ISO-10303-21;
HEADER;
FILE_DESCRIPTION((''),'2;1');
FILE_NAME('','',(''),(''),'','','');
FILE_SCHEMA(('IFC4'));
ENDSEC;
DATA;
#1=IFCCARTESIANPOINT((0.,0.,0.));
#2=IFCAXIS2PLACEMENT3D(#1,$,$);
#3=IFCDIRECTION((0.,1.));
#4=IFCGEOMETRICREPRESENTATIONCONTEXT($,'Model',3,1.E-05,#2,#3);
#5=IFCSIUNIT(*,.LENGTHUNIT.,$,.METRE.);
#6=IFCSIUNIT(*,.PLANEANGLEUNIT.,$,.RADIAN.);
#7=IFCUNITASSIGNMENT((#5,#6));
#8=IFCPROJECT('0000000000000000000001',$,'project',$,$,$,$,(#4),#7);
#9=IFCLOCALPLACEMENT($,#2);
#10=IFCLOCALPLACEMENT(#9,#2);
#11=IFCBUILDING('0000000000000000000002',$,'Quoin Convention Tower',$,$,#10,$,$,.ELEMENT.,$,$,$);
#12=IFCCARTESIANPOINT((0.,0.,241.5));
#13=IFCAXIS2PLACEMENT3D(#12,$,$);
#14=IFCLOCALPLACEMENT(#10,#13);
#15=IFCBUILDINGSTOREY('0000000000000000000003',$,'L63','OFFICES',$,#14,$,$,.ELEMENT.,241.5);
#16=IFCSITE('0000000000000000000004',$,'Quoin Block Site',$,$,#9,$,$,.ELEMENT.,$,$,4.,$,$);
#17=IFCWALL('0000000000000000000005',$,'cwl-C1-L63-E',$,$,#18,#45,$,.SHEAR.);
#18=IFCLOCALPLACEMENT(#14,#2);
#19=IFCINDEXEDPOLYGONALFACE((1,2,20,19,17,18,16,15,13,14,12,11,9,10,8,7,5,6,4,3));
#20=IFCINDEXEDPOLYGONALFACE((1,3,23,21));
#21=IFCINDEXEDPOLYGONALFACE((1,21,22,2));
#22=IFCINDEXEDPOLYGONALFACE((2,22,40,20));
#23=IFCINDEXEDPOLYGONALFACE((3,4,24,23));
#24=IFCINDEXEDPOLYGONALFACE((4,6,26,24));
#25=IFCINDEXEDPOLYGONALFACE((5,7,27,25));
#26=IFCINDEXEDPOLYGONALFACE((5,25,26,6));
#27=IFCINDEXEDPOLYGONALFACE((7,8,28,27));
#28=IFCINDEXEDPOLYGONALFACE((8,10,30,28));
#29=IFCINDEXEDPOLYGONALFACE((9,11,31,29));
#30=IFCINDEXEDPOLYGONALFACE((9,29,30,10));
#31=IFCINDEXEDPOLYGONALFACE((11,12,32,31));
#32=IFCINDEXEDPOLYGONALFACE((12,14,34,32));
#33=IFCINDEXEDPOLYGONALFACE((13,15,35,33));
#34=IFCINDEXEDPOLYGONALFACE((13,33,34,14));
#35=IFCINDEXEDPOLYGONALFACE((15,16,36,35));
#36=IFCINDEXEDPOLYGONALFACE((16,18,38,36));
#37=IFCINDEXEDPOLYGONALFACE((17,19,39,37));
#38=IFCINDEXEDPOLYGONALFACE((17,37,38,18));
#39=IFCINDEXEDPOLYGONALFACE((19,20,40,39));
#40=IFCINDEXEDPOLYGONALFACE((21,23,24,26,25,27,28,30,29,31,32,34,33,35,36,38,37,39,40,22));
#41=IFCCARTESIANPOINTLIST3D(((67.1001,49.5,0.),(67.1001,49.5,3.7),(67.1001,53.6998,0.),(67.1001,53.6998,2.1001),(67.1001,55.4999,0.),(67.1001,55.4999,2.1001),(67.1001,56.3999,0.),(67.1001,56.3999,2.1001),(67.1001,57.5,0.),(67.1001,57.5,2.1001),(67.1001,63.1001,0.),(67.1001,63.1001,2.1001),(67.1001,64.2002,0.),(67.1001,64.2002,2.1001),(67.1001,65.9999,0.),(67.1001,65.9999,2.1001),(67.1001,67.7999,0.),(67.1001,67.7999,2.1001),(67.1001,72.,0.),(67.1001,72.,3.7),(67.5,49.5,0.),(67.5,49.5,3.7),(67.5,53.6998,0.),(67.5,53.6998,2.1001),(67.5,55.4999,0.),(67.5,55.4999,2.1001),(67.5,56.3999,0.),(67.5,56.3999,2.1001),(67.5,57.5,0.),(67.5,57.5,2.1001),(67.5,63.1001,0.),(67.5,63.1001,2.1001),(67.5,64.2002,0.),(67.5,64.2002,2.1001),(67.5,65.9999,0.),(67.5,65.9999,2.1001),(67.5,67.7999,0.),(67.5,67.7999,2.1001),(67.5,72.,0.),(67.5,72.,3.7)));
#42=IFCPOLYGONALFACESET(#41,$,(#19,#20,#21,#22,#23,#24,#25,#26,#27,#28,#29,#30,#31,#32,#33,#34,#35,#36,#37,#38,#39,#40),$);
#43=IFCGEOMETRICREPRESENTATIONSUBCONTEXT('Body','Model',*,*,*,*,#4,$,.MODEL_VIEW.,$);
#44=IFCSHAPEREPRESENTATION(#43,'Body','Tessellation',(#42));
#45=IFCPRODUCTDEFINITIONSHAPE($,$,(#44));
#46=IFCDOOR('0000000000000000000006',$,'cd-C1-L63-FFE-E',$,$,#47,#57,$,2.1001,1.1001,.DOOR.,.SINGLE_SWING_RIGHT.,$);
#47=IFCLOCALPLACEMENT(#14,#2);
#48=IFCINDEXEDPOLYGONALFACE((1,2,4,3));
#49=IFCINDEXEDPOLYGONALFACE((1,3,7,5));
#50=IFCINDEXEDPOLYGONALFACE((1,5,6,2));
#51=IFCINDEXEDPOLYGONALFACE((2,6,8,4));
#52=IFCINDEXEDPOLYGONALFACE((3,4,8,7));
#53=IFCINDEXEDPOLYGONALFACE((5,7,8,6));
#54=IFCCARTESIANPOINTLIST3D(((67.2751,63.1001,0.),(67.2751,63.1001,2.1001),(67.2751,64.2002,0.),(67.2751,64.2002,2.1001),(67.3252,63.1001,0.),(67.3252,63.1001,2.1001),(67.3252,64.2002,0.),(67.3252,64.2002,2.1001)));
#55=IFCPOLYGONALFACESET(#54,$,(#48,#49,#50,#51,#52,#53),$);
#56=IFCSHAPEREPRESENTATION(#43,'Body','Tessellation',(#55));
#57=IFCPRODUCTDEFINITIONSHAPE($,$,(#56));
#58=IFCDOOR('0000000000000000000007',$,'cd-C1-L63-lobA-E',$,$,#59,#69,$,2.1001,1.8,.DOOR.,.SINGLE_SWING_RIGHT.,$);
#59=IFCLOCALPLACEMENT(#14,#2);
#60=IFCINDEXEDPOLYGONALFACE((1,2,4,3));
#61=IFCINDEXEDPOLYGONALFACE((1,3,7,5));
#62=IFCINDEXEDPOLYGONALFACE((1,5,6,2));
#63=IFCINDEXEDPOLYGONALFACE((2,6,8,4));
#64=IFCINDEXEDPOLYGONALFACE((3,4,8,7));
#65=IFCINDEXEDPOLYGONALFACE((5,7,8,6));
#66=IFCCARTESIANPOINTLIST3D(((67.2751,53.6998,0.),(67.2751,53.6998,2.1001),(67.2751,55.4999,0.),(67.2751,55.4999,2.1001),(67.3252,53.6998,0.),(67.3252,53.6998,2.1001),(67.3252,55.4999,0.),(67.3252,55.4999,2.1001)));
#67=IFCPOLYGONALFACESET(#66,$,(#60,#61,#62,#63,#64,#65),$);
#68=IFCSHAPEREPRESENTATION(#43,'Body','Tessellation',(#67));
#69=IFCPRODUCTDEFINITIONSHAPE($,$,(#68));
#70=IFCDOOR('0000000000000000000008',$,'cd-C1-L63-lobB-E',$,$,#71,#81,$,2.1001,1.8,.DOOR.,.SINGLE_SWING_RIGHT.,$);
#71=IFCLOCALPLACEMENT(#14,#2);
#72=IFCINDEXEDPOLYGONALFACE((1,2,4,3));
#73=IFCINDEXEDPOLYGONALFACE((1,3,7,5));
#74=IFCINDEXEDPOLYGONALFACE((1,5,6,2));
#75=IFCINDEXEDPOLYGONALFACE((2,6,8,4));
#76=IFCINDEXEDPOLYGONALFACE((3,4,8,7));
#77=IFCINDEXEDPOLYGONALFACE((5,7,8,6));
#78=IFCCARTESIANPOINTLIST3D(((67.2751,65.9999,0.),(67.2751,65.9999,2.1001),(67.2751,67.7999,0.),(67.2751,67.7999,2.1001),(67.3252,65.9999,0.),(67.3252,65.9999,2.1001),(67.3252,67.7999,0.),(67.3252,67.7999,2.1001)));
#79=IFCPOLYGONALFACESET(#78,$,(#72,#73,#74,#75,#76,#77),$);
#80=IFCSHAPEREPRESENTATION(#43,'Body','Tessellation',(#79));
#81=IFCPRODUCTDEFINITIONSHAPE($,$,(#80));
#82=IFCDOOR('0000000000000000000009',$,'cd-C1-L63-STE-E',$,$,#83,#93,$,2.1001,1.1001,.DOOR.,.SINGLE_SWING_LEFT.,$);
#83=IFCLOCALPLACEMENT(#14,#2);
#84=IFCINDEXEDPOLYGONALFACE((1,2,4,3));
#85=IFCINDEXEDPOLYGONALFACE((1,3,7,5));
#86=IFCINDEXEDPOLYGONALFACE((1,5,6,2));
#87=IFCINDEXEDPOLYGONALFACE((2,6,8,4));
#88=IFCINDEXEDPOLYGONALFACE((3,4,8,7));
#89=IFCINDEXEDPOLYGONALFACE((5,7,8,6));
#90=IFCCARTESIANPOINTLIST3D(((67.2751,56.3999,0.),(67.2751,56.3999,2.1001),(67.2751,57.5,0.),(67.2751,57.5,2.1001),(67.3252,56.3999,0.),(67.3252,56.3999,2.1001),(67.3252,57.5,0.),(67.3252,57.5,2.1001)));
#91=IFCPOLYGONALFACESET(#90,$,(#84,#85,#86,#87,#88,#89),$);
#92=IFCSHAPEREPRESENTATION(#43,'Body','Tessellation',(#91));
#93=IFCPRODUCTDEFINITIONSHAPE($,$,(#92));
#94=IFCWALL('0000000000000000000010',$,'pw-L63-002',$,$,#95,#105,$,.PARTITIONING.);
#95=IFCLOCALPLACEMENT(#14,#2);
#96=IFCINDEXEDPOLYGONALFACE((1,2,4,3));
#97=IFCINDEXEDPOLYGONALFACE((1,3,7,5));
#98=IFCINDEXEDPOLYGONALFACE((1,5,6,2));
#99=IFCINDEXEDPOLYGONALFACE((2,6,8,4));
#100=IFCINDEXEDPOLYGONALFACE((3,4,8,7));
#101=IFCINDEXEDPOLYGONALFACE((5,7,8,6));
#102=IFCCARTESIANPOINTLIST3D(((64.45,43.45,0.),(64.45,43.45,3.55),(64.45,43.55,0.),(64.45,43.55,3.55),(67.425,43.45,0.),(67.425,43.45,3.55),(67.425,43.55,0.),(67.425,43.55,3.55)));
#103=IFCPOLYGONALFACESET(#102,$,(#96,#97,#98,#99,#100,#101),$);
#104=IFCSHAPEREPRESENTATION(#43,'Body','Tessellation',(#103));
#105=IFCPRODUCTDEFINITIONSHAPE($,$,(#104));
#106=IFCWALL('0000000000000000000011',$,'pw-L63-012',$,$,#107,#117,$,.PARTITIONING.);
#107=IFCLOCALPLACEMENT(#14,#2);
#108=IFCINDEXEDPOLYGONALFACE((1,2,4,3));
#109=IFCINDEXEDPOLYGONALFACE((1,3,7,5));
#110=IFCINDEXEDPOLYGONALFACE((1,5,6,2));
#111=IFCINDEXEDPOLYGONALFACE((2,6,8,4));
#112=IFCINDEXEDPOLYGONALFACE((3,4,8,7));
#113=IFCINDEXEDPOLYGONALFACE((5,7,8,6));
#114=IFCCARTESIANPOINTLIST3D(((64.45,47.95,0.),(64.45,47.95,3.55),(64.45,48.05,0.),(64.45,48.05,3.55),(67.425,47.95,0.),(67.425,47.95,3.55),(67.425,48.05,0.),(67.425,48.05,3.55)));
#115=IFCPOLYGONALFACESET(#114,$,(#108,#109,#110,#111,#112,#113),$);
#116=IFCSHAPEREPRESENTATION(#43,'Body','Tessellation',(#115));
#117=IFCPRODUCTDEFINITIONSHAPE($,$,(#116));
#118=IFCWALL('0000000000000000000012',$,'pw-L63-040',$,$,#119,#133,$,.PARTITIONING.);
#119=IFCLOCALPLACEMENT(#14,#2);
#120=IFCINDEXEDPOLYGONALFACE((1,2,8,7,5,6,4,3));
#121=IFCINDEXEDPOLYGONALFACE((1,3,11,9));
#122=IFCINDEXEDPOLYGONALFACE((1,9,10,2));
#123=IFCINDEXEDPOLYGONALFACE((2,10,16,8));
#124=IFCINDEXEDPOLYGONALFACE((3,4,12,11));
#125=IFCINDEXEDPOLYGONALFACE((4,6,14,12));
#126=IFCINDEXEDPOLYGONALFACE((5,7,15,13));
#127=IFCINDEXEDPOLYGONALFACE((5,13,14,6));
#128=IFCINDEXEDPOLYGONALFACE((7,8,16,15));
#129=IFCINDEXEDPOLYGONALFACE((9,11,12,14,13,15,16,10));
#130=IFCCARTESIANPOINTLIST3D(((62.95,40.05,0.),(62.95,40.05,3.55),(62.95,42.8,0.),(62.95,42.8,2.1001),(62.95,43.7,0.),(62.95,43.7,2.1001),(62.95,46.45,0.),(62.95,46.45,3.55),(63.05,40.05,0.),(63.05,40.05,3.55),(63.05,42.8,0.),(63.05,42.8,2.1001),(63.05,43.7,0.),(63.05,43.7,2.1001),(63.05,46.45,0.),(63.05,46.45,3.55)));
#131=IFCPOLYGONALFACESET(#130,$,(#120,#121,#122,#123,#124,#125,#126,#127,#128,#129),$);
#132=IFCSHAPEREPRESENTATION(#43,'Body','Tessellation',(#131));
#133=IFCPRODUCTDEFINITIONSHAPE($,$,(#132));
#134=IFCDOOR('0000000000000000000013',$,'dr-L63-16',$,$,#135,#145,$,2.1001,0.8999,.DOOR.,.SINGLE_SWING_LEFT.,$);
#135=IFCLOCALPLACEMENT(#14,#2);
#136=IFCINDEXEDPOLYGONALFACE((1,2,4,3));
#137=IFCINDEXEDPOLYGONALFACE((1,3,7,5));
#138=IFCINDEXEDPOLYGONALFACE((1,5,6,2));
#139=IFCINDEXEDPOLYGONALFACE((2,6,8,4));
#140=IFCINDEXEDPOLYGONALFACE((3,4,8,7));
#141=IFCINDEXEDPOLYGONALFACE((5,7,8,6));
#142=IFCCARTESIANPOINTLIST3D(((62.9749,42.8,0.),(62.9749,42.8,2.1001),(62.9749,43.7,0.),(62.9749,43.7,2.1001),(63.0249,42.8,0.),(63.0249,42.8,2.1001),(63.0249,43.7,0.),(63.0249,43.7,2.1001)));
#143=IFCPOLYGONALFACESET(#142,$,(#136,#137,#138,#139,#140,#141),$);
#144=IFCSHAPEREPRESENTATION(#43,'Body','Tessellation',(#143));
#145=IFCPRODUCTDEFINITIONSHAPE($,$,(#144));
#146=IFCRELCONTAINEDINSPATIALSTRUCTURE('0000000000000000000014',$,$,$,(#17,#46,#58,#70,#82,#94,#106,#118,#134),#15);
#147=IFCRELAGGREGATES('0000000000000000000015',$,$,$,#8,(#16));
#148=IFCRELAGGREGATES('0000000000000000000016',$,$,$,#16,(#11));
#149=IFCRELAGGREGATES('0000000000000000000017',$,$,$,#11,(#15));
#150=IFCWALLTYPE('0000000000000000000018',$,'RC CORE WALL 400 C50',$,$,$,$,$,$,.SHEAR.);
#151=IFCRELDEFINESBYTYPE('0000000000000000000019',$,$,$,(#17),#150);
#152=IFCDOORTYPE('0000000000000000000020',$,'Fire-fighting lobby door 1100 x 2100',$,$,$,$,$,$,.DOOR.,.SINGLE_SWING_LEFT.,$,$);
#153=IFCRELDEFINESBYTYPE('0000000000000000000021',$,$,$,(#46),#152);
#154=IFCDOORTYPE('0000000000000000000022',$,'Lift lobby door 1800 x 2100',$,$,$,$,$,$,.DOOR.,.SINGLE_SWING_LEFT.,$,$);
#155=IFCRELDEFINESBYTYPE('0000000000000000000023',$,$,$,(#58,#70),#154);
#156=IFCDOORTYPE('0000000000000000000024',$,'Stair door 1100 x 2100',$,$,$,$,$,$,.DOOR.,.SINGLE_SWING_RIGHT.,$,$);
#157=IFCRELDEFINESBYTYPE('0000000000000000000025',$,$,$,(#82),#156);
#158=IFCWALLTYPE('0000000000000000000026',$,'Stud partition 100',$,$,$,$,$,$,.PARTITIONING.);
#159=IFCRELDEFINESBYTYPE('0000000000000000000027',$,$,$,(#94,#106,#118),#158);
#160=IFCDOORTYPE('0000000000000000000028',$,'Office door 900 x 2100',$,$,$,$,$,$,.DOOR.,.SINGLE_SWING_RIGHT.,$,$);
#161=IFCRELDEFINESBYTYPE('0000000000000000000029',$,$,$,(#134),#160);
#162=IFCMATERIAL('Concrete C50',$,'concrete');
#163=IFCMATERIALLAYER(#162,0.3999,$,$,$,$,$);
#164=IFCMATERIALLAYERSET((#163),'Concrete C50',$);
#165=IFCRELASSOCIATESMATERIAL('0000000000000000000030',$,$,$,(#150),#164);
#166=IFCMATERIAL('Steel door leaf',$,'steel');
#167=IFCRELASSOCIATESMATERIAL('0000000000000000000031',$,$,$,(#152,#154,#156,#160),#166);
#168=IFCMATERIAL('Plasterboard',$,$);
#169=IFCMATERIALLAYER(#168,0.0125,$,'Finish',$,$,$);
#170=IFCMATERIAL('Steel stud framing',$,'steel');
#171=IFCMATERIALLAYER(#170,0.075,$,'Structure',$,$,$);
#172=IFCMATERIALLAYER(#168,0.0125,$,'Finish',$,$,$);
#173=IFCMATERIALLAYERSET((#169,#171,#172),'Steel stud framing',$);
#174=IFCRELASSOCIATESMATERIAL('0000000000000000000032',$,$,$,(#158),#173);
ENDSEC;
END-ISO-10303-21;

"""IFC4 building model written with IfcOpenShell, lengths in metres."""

from ifc_helpers import new_model, si_unit, direction, frame, frame_2d, origin, place, context, subcontext, project, spatial, rectangle, extrude, material, layer, layer_set, type_object, element, fill, save


model = new_model("IFC4")

# Units and contexts
model_context = context("Model", 3, precision=1e-05, world=origin(), true_north=direction((0.0, 1.0)))
body_context = subcontext(model_context, "Body", "Model", "MODEL_VIEW")
ifc_project = project(units=[si_unit("LENGTHUNIT", "METRE"), si_unit("PLANEANGLEUNIT", "RADIAN")], contexts=[model_context])

# Site, building, storey
site_placement = place(None, origin())
site = spatial("IfcSite", under=ifc_project, at=site_placement, Name="Quoin Block Site", CompositionType="ELEMENT", RefElevation=4.0)
building_placement = place(site_placement, origin())
building = spatial("IfcBuilding", under=site, at=building_placement, Name="Quoin Convention Tower", CompositionType="ELEMENT")
storey_placement = place(building_placement, frame((0.0, 0.0, 241.5)))
storey = spatial("IfcBuildingStorey", under=building, at=storey_placement, Name="L63", Description="OFFICES", CompositionType="ELEMENT", Elevation=241.5)

# Shared definitions
ifc_material_1 = material(Name="Concrete C50", Category="concrete")

# Shared definitions
ifc_material_2 = material(Name="Plasterboard")
ifc_material_3 = material(Name="Steel stud framing", Category="steel")

# Shared definitions
ifc_material_4 = material(Name="Steel door leaf", Category="steel")

# Wall, openings, doors
ifc_layer_1 = layer(ifc_material_1, 0.3999)
ifc_layer_set_1 = layer_set([ifc_layer_1], Name="Concrete C50")
wall_type_1 = type_object("IfcWallType", Name="RC CORE WALL 400 C50", PredefinedType="SHEAR", material=ifc_layer_set_1)
wall_1_placement = place(storey_placement, frame((67.3, 49.5, 0.0), z_axis=(0.0, 0.0, 1.0), x_axis=(0.0, 1.0, 0.0)))
wall_1 = element("IfcWall", 1, at=wall_1_placement, inside=storey, type_object=wall_type_1, Name="cwl-C1-L63-E", PredefinedType="SHEAR", context=body_context, shape_type="SweptSolid", body=[
    extrude(rectangle(XDim=22.5, YDim=0.3999, at=frame_2d((11.25, 0.0))), origin(), (0.0, 0.0, 1.0), 3.7),
])
opening_1_placement = place(wall_1_placement, frame((4.2, 0.0, 0.0)))
opening_1 = element("IfcOpeningElement", 2, at=opening_1_placement, cuts=wall_1, PredefinedType="OPENING", context=body_context, shape_type="SweptSolid", body=[
    extrude(rectangle(XDim=1.8, YDim=2.1001, at=frame_2d((0.8999, 1.05))), frame((0.0, 0.21, 0.0), z_axis=(0.0, -1.0, 0.0), x_axis=(1.0, 0.0, 0.0)), (0.0, 0.0, 1.0), 0.4199),
])
opening_2_placement = place(wall_1_placement, frame((6.8999, 0.0, 0.0)))
opening_2 = element("IfcOpeningElement", 3, at=opening_2_placement, cuts=wall_1, PredefinedType="OPENING", context=body_context, shape_type="SweptSolid", body=[
    extrude(rectangle(XDim=1.1001, YDim=2.1001, at=frame_2d((0.55, 1.05))), frame((0.0, 0.21, 0.0), z_axis=(0.0, -1.0, 0.0), x_axis=(1.0, 0.0, 0.0)), (0.0, 0.0, 1.0), 0.4199),
])
opening_3_placement = place(wall_1_placement, frame((13.6001, 0.0, 0.0)))
opening_3 = element("IfcOpeningElement", 4, at=opening_3_placement, cuts=wall_1, PredefinedType="OPENING", context=body_context, shape_type="SweptSolid", body=[
    extrude(rectangle(XDim=1.1001, YDim=2.1001, at=frame_2d((0.55, 1.05))), frame((0.0, 0.21, 0.0), z_axis=(0.0, -1.0, 0.0), x_axis=(1.0, 0.0, 0.0)), (0.0, 0.0, 1.0), 0.4199),
])
opening_4_placement = place(wall_1_placement, frame((16.5, 0.0, 0.0)))
opening_4 = element("IfcOpeningElement", 5, at=opening_4_placement, cuts=wall_1, PredefinedType="OPENING", context=body_context, shape_type="SweptSolid", body=[
    extrude(rectangle(XDim=1.8, YDim=2.1001, at=frame_2d((0.8999, 1.05))), frame((0.0, 0.21, 0.0), z_axis=(0.0, -1.0, 0.0), x_axis=(1.0, 0.0, 0.0)), (0.0, 0.0, 1.0), 0.4199),
])
door_type_1 = type_object("IfcDoorType", Name="Fire-fighting lobby door 1100 x 2100", OperationType="SINGLE_SWING_LEFT", PredefinedType="DOOR", material=ifc_material_4)
door_1_placement = place(opening_3_placement, origin())
door_1 = element("IfcDoor", 6, at=door_1_placement, inside=storey, type_object=door_type_1, Name="cd-C1-L63-FFE-E", OperationType="SINGLE_SWING_RIGHT", OverallHeight=2.1001, OverallWidth=1.1001, PredefinedType="DOOR", context=body_context, shape_type="SweptSolid", body=[
    extrude(rectangle(XDim=1.1001, YDim=2.1001, at=frame_2d((0.55, 1.05))), frame((0.0, 0.0249, 0.0), z_axis=(0.0, -1.0, 0.0), x_axis=(1.0, 0.0, 0.0)), (0.0, 0.0, 1.0), 0.05),
])
fill(opening_3, door_1)
door_type_2 = type_object("IfcDoorType", Name="Lift lobby door 1800 x 2100", OperationType="SINGLE_SWING_LEFT", PredefinedType="DOOR", material=ifc_material_4)
door_2_placement = place(opening_1_placement, origin())
door_2 = element("IfcDoor", 7, at=door_2_placement, inside=storey, type_object=door_type_2, Name="cd-C1-L63-lobA-E", OperationType="SINGLE_SWING_RIGHT", OverallHeight=2.1001, OverallWidth=1.8, PredefinedType="DOOR", context=body_context, shape_type="SweptSolid", body=[
    extrude(rectangle(XDim=1.8, YDim=2.1001, at=frame_2d((0.8999, 1.05))), frame((0.0, 0.0249, 0.0), z_axis=(0.0, -1.0, 0.0), x_axis=(1.0, 0.0, 0.0)), (0.0, 0.0, 1.0), 0.05),
])
fill(opening_1, door_2)
door_3_placement = place(opening_4_placement, origin())
door_3 = element("IfcDoor", 8, at=door_3_placement, inside=storey, type_object=door_type_2, Name="cd-C1-L63-lobB-E", OperationType="SINGLE_SWING_RIGHT", OverallHeight=2.1001, OverallWidth=1.8, PredefinedType="DOOR", context=body_context, shape_type="SweptSolid", body=[
    extrude(rectangle(XDim=1.8, YDim=2.1001, at=frame_2d((0.8999, 1.05))), frame((0.0, 0.0249, 0.0), z_axis=(0.0, -1.0, 0.0), x_axis=(1.0, 0.0, 0.0)), (0.0, 0.0, 1.0), 0.05),
])
fill(opening_4, door_3)
door_type_3 = type_object("IfcDoorType", Name="Stair door 1100 x 2100", OperationType="SINGLE_SWING_RIGHT", PredefinedType="DOOR", material=ifc_material_4)
door_4_placement = place(opening_2_placement, origin())
door_4 = element("IfcDoor", 9, at=door_4_placement, inside=storey, type_object=door_type_3, Name="cd-C1-L63-STE-E", OperationType="SINGLE_SWING_LEFT", OverallHeight=2.1001, OverallWidth=1.1001, PredefinedType="DOOR", context=body_context, shape_type="SweptSolid", body=[
    extrude(rectangle(XDim=1.1001, YDim=2.1001, at=frame_2d((0.55, 1.05))), frame((0.0, 0.0249, 0.0), z_axis=(0.0, -1.0, 0.0), x_axis=(1.0, 0.0, 0.0)), (0.0, 0.0, 1.0), 0.05),
])
fill(opening_2, door_4)

# Walls
ifc_layer_2 = layer(ifc_material_2, 0.0125, Name="Finish")
ifc_layer_3 = layer(ifc_material_3, 0.075, Name="Structure")
ifc_layer_4 = layer(ifc_material_2, 0.0125, Name="Finish")
ifc_layer_set_2 = layer_set([ifc_layer_2, ifc_layer_3, ifc_layer_4], Name="Steel stud framing")
wall_type_2 = type_object("IfcWallType", Name="Stud partition 100", PredefinedType="PARTITIONING", material=ifc_layer_set_2)
for number, where, z_axis, x_axis, name in (
    (10, (64.45, 43.5, 0.0), (0.0, 0.0, 1.0), (1.0, 0.0, 0.0), "pw-L63-002"),
    (11, (64.45, 48.0, 0.0), (0.0, 0.0, 1.0), (1.0, 0.0, 0.0), "pw-L63-012"),
):
    element("IfcWall", number, at=place(storey_placement, frame(where, z_axis=z_axis, x_axis=x_axis)), inside=storey, type_object=wall_type_2, Name=name, PredefinedType="PARTITIONING", context=body_context, shape_type="SweptSolid", body=[
        extrude(rectangle(XDim=2.9751, YDim=0.1001, at=frame_2d((1.4875, 0.0))), origin(), (0.0, 0.0, 1.0), 3.55),
    ])

# Wall, opening, door
wall_2_placement = place(storey_placement, frame((63.0, 40.05, 0.0), z_axis=(0.0, 0.0, 1.0), x_axis=(0.0, 1.0, 0.0)))
wall_2 = element("IfcWall", 12, at=wall_2_placement, inside=storey, type_object=wall_type_2, Name="pw-L63-040", PredefinedType="PARTITIONING", context=body_context, shape_type="SweptSolid", body=[
    extrude(rectangle(XDim=6.3999, YDim=0.1001, at=frame_2d((3.2, 0.0))), origin(), (0.0, 0.0, 1.0), 3.55),
])
opening_5_placement = place(wall_2_placement, frame((2.75, 0.0, 0.0)))
opening_5 = element("IfcOpeningElement", 13, at=opening_5_placement, cuts=wall_2, PredefinedType="OPENING", context=body_context, shape_type="SweptSolid", body=[
    extrude(rectangle(XDim=0.8999, YDim=2.1001, at=frame_2d((0.45, 1.05))), frame((0.0, 0.0601, 0.0), z_axis=(0.0, -1.0, 0.0), x_axis=(1.0, 0.0, 0.0)), (0.0, 0.0, 1.0), 0.1201),
])
door_type_4 = type_object("IfcDoorType", Name="Office door 900 x 2100", OperationType="SINGLE_SWING_RIGHT", PredefinedType="DOOR", material=ifc_material_4)
door_5_placement = place(opening_5_placement, frame((0.8999, 0.0, 0.0), z_axis=(0.0, 0.0, 1.0), x_axis=(-1.0, 0.0, 0.0)))
door_5 = element("IfcDoor", 14, at=door_5_placement, inside=storey, type_object=door_type_4, Name="dr-L63-16", OperationType="SINGLE_SWING_LEFT", OverallHeight=2.1001, OverallWidth=0.8999, PredefinedType="DOOR", context=body_context, shape_type="SweptSolid", body=[
    extrude(rectangle(XDim=0.8999, YDim=2.1001, at=frame_2d((0.45, 1.05))), frame((0.0, 0.0249, 0.0), z_axis=(0.0, -1.0, 0.0), x_axis=(1.0, 0.0, 0.0)), (0.0, 0.0, 1.0), 0.05),
])
fill(opening_5, door_5)

save(model, "model.ifc")
